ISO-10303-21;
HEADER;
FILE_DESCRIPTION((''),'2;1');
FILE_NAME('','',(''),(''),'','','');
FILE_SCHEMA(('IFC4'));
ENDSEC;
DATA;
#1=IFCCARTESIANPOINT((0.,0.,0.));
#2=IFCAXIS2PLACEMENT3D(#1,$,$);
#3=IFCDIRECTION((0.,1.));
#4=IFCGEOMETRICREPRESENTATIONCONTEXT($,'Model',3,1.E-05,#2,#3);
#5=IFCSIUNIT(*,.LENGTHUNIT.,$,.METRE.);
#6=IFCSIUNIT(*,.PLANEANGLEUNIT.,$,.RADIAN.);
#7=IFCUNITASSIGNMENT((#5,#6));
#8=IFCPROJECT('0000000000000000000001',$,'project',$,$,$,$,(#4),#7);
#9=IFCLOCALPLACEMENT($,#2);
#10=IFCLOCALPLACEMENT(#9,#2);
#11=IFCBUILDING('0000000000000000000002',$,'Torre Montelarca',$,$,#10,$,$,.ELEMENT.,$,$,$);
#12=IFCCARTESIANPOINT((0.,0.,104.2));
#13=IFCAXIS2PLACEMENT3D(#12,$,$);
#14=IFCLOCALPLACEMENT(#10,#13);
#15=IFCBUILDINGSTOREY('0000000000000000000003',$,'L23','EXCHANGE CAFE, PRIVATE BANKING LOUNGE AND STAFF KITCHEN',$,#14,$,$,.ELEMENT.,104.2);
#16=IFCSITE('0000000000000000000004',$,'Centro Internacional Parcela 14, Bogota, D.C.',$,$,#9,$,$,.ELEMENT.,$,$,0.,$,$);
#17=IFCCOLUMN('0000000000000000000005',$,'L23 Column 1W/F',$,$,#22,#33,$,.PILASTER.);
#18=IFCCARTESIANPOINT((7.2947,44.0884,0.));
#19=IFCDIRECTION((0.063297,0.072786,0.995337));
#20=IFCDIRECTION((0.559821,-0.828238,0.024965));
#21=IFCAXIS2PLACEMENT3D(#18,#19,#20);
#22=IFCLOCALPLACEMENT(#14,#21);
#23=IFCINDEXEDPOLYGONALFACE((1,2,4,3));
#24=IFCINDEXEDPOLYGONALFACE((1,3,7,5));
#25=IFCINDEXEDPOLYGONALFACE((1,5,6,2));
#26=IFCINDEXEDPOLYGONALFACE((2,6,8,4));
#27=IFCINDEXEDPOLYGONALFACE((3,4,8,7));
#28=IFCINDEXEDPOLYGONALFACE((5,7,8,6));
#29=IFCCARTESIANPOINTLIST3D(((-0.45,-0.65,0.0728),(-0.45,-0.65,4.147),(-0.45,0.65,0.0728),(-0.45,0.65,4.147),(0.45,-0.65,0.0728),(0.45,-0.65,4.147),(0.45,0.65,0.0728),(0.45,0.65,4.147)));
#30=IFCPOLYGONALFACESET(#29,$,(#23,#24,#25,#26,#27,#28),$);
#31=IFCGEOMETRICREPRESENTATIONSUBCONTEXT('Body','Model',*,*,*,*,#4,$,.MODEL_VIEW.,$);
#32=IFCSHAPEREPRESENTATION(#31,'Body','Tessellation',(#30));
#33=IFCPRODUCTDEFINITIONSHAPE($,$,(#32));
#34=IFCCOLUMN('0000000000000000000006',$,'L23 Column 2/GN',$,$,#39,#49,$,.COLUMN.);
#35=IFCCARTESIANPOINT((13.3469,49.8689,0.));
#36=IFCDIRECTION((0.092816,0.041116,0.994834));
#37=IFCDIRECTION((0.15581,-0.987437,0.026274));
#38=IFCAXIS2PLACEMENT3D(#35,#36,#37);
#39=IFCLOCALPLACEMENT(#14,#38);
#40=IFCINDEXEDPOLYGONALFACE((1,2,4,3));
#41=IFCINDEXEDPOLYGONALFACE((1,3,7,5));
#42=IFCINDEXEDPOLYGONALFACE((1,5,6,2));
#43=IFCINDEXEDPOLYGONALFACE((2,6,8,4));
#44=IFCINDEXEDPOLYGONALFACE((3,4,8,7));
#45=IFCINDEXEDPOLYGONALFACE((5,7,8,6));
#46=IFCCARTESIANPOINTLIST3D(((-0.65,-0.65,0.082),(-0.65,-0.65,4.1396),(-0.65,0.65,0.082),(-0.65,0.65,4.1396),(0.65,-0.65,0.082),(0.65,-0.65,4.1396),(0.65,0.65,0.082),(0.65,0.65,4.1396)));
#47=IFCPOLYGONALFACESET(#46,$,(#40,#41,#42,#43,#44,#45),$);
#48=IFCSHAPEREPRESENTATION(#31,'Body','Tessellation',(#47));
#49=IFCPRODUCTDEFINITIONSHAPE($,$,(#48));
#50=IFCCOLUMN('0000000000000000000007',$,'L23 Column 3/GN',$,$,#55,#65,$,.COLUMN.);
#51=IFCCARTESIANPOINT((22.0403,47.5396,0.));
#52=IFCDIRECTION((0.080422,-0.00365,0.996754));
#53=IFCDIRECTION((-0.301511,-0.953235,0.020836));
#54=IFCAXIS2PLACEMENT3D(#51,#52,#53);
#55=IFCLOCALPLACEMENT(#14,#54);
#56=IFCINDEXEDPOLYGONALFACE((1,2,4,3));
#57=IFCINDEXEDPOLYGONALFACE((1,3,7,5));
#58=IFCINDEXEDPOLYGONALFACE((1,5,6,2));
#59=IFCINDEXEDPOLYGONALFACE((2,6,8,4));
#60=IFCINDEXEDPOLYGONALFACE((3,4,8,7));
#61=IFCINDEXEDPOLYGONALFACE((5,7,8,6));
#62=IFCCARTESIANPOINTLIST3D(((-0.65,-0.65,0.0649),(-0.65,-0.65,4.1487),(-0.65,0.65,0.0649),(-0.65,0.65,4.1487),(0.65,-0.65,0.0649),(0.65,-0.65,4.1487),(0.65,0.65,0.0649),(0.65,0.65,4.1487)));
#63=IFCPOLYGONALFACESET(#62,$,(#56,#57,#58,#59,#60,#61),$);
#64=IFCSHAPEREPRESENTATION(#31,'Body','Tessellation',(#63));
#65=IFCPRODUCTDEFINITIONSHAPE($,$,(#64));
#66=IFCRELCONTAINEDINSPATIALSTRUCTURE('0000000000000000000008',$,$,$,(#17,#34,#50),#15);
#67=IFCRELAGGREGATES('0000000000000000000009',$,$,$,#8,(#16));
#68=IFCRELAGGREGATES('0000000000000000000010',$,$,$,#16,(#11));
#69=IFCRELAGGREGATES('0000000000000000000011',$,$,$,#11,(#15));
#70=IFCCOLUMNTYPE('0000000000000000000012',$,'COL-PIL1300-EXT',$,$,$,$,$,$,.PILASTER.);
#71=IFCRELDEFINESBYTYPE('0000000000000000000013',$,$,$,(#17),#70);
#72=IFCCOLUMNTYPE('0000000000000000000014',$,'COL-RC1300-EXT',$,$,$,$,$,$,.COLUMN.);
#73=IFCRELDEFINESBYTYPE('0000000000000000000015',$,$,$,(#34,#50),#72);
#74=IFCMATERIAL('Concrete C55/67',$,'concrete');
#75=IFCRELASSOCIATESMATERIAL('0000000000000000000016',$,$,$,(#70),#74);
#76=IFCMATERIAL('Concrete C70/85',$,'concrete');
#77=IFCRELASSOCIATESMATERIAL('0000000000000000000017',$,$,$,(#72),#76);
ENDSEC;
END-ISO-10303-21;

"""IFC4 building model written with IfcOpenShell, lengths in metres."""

from ifc_helpers import new_model, si_unit, direction, frame, origin, origin_2d, place, context, subcontext, project, spatial, rectangle, extrude, clip, halfspace, material, material_profile, profile_set, type_object, element, save


model = new_model("IFC4")

# Units and contexts
model_context = context("Model", 3, precision=1e-05, world=origin(), true_north=direction((0.0, 1.0)))
body_context = subcontext(model_context, "Body", "Model", "MODEL_VIEW")
ifc_project = project(units=[si_unit("LENGTHUNIT", "METRE"), si_unit("PLANEANGLEUNIT", "RADIAN")], contexts=[model_context])

# Site, building, storey
site_placement = place(None, origin())
site = spatial("IfcSite", under=ifc_project, at=site_placement, Name="Centro Internacional Parcela 14, Bogota, D.C.", CompositionType="ELEMENT", RefElevation=0.0)
building_placement = place(site_placement, origin())
building = spatial("IfcBuilding", under=site, at=building_placement, Name="Torre Montelarca", CompositionType="ELEMENT")
storey_placement = place(building_placement, frame((0.0, 0.0, 104.2)))
storey = spatial("IfcBuildingStorey", under=building, at=storey_placement, Name="L23", Description="EXCHANGE CAFE, PRIVATE BANKING LOUNGE AND STAFF KITCHEN", CompositionType="ELEMENT", Elevation=104.2)

# Columns
ifc_material_1 = material(Name="Concrete C55/67", Category="concrete")
ifc_material_profile_1 = material_profile(ifc_material_1, rectangle(XDim=0.8999, YDim=1.3, at=origin_2d()), Name="RC1300X900", Category="concrete")
ifc_profile_set_1 = profile_set([ifc_material_profile_1], Name="Concrete C55/67")
column_type_1 = type_object("IfcColumnType", Name="COL-PIL1300-EXT", PredefinedType="PILASTER", material=ifc_profile_set_1)
column_1_placement = place(storey_placement, frame((7.2947, 44.0884, 0.0), z_axis=(0.063297, 0.072786, 0.995337), x_axis=(0.559821, -0.828238, 0.024965)))
element("IfcColumn", 1, at=column_1_placement, inside=storey, type_object=column_type_1, Name="L23 Column 1W/F", PredefinedType="PILASTER", context=body_context, shape_type="Clipping", body=[
    clip(clip(extrude(rectangle(XDim=0.8999, YDim=1.3, at=origin_2d()), origin(), (0.0, 0.0, 1.0), 4.2197), halfspace(frame((0.0, 0.0, 0.0728), z_axis=(0.0, 0.0, -1.0), x_axis=(1.0, 0.0, 0.0)), False)), halfspace(frame((0.0, 0.0, 4.147), z_axis=(0.0, 0.0, 1.0), x_axis=(1.0, 0.0, 0.0)), False)),
])
ifc_material_2 = material(Name="Concrete C70/85", Category="concrete")
ifc_material_profile_2 = material_profile(ifc_material_2, rectangle(XDim=1.3, YDim=1.3, at=origin_2d()), Name="RC1300X1300", Category="concrete")
ifc_profile_set_2 = profile_set([ifc_material_profile_2], Name="Concrete C70/85")
column_type_2 = type_object("IfcColumnType", Name="COL-RC1300-EXT", PredefinedType="COLUMN", material=ifc_profile_set_2)
column_2_placement = place(storey_placement, frame((13.3469, 49.8689, 0.0), z_axis=(0.092816, 0.041116, 0.994834), x_axis=(0.15581, -0.987437, 0.026274)))
element("IfcColumn", 2, at=column_2_placement, inside=storey, type_object=column_type_2, Name="L23 Column 2/GN", PredefinedType="COLUMN", context=body_context, shape_type="Clipping", body=[
    clip(clip(extrude(rectangle(XDim=1.3, YDim=1.3, at=origin_2d()), origin(), (0.0, 0.0, 1.0), 4.2217), halfspace(frame((0.0, 0.0, 0.082), z_axis=(0.0, 0.0, -1.0), x_axis=(1.0, 0.0, 0.0)), False)), halfspace(frame((0.0, 0.0, 4.1396), z_axis=(0.0, 0.0, 1.0), x_axis=(1.0, 0.0, 0.0)), False)),
])
column_3_placement = place(storey_placement, frame((22.0403, 47.5396, 0.0), z_axis=(0.080422, -0.00365, 0.996754), x_axis=(-0.301511, -0.953235, 0.020836)))
element("IfcColumn", 3, at=column_3_placement, inside=storey, type_object=column_type_2, Name="L23 Column 3/GN", PredefinedType="COLUMN", context=body_context, shape_type="Clipping", body=[
    clip(clip(extrude(rectangle(XDim=1.3, YDim=1.3, at=origin_2d()), origin(), (0.0, 0.0, 1.0), 4.2136), halfspace(frame((0.0, 0.0, 0.0649), z_axis=(0.0, 0.0, -1.0), x_axis=(1.0, 0.0, 0.0)), False)), halfspace(frame((0.0, 0.0, 4.1487), z_axis=(0.0, 0.0, 1.0), x_axis=(1.0, 0.0, 0.0)), False)),
])

save(model, "model.ifc")
